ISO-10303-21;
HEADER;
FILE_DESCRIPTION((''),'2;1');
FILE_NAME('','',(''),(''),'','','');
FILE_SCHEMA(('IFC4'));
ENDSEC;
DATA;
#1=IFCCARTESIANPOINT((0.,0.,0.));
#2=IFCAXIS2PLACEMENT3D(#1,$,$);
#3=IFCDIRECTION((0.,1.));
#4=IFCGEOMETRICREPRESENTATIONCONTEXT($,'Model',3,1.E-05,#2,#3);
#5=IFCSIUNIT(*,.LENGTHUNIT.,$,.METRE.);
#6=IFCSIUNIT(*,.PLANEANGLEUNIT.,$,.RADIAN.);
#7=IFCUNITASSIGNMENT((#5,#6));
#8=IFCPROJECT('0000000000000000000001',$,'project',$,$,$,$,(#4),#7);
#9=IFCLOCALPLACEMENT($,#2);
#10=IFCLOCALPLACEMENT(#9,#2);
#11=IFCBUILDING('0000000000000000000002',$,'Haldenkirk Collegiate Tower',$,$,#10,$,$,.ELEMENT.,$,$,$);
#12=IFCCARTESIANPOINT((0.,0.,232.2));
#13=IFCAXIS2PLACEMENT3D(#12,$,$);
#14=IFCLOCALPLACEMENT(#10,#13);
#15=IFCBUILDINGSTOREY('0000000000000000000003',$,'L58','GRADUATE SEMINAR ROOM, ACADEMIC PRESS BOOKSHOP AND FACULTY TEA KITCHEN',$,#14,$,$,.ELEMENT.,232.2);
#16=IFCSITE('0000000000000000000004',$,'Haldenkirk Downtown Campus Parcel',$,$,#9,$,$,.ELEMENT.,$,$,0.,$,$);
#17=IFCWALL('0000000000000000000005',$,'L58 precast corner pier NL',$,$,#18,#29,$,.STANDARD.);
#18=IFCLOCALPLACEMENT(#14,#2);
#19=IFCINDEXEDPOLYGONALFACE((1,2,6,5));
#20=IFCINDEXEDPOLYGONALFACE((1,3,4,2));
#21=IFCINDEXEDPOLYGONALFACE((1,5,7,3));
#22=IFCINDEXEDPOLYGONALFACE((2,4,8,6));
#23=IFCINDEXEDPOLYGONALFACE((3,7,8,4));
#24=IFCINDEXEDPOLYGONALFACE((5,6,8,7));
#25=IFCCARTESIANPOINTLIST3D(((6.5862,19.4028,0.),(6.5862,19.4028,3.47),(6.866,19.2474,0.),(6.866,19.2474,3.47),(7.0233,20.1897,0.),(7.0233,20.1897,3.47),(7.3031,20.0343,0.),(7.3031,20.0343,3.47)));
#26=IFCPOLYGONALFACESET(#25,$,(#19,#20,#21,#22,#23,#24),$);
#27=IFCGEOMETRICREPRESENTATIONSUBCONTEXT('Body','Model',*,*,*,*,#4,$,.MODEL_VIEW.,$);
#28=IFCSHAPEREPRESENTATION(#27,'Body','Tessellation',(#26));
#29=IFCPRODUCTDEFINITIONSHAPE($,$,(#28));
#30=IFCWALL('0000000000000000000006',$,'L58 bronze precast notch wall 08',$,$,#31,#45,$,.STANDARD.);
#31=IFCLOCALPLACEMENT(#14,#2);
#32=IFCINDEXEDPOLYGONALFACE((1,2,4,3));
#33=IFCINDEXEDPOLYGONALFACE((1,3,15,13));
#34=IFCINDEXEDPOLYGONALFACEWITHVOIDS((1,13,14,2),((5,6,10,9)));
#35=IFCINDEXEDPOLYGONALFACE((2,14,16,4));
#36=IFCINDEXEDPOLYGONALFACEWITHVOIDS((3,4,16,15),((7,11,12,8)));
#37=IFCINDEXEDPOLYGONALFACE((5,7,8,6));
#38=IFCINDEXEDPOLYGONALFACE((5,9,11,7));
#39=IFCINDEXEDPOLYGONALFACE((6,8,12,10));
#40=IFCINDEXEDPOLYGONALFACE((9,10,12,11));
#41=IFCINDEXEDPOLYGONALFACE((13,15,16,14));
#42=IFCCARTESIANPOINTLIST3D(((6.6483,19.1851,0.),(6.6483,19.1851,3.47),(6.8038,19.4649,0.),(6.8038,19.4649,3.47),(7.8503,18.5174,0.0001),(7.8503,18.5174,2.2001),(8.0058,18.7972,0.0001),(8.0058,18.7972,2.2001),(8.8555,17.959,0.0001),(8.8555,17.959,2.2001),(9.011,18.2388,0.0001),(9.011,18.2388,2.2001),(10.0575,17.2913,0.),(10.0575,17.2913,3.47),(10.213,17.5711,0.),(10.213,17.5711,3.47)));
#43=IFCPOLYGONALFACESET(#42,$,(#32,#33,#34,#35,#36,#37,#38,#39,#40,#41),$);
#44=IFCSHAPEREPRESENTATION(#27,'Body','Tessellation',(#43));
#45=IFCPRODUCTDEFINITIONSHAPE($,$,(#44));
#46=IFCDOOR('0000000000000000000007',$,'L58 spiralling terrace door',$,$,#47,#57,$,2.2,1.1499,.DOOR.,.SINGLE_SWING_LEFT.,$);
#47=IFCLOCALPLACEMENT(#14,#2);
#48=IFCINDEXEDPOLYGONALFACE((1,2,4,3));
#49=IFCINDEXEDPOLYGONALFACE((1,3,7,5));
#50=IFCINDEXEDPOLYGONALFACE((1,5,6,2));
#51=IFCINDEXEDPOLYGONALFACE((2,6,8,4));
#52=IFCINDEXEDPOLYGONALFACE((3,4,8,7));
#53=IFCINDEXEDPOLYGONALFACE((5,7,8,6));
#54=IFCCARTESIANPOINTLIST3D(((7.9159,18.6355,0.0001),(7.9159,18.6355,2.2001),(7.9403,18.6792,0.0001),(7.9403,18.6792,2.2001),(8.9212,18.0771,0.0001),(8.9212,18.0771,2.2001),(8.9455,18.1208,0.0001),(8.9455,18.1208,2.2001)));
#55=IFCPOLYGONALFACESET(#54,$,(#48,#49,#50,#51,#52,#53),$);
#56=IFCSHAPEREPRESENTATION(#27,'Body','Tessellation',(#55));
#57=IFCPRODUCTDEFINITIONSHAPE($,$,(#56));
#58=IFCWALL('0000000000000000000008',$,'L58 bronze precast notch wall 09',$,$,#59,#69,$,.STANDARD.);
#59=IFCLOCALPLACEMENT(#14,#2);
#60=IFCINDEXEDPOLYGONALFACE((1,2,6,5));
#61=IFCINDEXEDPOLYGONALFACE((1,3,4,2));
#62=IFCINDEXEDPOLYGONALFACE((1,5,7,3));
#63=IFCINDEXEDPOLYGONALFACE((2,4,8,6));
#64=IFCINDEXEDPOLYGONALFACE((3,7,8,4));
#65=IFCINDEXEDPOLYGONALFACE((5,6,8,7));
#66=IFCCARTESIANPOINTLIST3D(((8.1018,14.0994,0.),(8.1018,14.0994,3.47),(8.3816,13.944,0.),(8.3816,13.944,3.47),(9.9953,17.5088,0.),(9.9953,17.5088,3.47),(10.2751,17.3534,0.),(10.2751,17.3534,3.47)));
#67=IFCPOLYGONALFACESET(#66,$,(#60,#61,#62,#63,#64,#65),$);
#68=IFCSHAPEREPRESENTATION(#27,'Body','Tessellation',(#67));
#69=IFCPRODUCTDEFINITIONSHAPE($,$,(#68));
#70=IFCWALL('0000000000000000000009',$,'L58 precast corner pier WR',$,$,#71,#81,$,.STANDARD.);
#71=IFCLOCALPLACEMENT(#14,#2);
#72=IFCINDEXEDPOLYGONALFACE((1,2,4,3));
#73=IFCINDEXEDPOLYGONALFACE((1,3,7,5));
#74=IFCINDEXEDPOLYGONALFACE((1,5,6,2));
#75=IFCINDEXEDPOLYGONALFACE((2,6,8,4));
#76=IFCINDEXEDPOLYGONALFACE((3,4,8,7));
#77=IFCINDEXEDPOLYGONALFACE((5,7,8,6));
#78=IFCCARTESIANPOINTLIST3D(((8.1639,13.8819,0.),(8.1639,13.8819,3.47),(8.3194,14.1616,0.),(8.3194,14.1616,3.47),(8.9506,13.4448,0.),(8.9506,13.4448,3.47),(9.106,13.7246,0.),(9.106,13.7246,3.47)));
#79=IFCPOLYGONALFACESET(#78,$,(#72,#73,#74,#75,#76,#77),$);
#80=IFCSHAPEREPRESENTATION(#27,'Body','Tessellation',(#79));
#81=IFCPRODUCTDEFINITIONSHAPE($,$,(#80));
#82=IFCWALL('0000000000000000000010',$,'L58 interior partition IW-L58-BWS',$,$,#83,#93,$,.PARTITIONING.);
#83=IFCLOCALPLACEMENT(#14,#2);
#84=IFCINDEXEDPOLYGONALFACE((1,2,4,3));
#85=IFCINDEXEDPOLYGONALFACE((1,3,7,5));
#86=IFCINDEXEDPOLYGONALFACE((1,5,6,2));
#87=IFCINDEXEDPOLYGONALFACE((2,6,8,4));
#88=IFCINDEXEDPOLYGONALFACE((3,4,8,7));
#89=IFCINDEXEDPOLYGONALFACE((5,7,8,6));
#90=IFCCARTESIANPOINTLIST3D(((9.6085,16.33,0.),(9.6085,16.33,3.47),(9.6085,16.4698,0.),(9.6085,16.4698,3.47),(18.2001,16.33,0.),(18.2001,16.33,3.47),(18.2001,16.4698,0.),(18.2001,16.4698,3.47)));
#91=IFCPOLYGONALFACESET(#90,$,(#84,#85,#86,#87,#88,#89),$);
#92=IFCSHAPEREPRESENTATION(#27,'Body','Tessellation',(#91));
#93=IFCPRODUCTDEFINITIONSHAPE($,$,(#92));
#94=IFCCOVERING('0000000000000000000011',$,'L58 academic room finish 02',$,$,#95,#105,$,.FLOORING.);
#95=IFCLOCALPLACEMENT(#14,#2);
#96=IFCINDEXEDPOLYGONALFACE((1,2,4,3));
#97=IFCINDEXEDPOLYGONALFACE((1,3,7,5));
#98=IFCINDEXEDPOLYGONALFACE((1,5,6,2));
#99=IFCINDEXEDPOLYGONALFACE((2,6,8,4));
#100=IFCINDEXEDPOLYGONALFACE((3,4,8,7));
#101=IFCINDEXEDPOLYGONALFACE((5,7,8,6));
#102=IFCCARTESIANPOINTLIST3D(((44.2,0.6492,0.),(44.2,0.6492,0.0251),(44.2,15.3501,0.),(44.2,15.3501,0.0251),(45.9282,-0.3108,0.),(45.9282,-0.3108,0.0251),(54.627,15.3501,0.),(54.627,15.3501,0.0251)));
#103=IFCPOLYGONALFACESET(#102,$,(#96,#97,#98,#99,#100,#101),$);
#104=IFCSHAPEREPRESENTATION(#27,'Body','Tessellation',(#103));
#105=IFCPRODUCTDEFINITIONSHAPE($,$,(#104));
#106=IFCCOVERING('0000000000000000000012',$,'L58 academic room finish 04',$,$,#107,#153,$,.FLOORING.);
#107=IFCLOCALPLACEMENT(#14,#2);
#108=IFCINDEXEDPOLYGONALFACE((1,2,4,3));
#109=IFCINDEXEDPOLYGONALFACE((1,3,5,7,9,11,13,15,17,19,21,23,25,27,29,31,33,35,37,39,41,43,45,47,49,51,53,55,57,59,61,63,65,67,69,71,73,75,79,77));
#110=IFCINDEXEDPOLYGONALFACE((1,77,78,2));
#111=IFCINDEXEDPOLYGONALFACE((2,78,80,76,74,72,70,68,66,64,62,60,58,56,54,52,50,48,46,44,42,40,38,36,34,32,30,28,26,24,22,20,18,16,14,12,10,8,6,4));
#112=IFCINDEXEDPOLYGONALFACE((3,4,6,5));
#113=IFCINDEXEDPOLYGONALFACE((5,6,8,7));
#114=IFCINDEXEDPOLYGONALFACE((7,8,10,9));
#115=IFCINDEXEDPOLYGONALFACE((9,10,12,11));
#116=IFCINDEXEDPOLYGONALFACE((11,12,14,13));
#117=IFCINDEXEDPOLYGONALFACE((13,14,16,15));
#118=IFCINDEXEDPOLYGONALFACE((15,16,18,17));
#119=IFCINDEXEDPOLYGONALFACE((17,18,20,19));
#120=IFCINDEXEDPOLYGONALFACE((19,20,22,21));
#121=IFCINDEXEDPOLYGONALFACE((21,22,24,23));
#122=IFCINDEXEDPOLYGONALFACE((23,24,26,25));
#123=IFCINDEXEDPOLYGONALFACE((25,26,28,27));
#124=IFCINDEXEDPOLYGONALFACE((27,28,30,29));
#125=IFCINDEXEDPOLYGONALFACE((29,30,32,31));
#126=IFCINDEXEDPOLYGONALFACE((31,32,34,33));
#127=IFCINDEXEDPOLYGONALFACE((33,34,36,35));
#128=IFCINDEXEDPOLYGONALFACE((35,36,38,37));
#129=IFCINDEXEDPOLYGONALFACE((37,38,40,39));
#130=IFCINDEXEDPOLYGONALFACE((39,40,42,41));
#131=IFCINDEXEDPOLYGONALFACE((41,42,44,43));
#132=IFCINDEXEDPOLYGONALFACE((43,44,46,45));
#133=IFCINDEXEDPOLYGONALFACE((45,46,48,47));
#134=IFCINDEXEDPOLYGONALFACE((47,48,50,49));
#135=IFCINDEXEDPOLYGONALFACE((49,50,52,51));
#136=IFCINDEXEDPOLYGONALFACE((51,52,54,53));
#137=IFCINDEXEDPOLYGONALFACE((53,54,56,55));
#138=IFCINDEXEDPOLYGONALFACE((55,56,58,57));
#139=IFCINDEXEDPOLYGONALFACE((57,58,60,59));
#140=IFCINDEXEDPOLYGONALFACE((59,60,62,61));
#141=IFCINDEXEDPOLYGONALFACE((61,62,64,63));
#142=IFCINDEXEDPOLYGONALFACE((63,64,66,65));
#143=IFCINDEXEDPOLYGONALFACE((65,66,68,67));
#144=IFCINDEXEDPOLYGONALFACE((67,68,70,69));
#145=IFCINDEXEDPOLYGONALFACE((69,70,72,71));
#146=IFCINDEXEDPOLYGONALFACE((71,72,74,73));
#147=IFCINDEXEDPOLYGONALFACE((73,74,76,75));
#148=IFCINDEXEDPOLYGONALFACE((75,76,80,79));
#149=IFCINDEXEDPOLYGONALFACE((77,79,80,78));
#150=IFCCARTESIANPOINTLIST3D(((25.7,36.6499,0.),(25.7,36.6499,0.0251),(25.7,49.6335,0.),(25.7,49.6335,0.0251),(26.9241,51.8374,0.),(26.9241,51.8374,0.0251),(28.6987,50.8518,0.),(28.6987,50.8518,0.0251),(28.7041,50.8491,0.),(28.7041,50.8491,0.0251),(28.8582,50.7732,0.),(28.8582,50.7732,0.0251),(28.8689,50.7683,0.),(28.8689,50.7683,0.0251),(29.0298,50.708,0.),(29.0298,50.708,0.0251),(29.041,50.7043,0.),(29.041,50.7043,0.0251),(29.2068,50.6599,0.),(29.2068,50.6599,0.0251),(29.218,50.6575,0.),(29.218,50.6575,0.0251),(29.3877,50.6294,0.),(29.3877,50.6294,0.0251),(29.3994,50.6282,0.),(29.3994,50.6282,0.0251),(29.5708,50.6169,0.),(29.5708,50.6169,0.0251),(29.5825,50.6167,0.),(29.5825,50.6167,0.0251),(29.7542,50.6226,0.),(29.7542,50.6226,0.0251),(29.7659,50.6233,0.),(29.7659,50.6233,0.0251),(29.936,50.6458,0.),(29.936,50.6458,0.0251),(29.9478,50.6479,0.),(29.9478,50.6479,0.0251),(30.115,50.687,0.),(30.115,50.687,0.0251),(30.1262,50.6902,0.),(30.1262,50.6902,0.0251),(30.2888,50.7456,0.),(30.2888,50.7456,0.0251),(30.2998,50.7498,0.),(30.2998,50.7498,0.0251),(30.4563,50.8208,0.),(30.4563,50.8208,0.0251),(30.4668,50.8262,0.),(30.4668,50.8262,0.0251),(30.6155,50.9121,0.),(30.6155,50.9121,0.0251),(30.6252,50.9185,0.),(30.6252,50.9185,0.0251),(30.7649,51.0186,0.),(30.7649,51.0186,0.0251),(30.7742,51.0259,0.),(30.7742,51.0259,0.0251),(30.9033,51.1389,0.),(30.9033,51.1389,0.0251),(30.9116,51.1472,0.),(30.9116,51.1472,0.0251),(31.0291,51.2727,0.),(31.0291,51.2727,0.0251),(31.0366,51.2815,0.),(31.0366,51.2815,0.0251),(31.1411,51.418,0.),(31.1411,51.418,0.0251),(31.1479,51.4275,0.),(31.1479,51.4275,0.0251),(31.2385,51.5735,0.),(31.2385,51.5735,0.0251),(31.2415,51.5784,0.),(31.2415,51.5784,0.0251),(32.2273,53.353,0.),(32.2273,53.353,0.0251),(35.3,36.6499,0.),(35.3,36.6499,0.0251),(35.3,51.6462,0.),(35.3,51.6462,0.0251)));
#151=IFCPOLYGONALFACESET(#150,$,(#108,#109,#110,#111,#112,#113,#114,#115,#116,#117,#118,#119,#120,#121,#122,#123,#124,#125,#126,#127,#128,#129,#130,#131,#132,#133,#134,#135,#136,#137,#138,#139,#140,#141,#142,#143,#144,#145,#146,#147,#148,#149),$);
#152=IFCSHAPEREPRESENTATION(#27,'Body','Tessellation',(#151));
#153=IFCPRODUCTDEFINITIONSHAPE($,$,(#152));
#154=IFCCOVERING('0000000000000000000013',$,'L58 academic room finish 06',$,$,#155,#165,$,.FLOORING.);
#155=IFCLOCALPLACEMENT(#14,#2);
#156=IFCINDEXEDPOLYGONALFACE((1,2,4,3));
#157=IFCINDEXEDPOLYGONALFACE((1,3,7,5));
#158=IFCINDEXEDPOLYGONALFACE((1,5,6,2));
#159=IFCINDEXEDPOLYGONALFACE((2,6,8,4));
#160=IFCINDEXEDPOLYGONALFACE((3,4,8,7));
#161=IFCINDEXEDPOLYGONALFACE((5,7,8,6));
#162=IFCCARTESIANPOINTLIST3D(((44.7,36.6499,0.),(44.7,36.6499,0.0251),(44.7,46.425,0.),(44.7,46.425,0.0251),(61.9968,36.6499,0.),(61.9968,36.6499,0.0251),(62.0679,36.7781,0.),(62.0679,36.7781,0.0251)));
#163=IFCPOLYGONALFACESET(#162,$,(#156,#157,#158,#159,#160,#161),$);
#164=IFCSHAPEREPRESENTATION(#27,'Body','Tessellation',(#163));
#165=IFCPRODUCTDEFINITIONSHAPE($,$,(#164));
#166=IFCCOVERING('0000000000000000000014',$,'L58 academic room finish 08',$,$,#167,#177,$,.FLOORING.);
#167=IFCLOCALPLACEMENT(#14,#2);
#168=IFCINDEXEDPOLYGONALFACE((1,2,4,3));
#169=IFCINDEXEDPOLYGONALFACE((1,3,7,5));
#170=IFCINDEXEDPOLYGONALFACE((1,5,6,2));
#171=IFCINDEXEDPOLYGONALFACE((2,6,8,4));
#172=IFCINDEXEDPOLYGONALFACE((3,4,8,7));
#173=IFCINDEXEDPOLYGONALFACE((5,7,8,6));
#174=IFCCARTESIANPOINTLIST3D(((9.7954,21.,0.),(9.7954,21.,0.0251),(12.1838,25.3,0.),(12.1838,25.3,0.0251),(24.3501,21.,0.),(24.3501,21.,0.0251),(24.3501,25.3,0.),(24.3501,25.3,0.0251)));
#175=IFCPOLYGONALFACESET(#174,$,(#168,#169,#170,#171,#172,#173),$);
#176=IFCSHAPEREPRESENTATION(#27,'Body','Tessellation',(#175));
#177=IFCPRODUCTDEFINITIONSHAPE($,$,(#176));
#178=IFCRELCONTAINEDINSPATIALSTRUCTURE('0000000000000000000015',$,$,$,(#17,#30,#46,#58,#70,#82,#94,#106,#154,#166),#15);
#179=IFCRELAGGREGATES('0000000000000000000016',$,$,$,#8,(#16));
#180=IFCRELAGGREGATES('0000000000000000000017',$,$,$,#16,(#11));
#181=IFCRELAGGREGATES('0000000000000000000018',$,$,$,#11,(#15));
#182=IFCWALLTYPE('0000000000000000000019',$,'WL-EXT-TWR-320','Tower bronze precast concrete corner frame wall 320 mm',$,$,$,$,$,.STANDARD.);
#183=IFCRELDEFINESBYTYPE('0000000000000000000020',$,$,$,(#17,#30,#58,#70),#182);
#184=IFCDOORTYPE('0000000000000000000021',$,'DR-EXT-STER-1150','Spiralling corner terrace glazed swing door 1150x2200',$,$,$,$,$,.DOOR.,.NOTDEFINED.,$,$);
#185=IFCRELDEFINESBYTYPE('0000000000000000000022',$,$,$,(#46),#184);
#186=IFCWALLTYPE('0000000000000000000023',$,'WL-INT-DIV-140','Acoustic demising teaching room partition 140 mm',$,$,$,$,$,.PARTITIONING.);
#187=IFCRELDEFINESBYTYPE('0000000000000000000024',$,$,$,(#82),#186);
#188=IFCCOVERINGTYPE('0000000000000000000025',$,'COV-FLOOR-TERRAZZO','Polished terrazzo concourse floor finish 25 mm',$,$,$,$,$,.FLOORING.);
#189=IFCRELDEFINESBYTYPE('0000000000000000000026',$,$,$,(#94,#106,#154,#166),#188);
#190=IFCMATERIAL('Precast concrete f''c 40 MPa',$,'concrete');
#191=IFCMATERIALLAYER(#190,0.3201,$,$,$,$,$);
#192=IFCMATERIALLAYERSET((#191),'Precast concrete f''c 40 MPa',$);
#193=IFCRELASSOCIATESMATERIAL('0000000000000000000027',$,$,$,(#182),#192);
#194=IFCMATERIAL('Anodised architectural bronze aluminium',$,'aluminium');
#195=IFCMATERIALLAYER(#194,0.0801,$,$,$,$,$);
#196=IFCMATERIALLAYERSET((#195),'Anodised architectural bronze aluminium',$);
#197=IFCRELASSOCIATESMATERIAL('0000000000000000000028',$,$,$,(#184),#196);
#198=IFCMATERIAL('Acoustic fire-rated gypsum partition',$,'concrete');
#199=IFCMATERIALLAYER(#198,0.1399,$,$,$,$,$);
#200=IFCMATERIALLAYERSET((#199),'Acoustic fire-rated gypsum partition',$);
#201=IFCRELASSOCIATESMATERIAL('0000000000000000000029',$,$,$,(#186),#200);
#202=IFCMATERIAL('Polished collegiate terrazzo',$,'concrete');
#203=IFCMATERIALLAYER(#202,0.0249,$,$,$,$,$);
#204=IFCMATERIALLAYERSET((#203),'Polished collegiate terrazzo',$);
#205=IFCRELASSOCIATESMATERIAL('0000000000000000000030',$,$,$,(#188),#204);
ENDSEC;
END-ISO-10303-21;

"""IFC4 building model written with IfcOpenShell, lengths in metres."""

from ifc_helpers import new_model, si_unit, direction, frame, frame_2d, origin, place, context, subcontext, project, spatial, polyline, rectangle, outline, extrude, material, layer, layer_set, type_object, element, fill, save


model = new_model("IFC4")

# Units and contexts
model_context = context("Model", 3, precision=1e-05, world=origin(), true_north=direction((0.0, 1.0)))
body_context = subcontext(model_context, "Body", "Model", "MODEL_VIEW")
ifc_project = project(units=[si_unit("LENGTHUNIT", "METRE"), si_unit("PLANEANGLEUNIT", "RADIAN")], contexts=[model_context])

# Site, building, storey
site_placement = place(None, origin())
site = spatial("IfcSite", under=ifc_project, at=site_placement, Name="Haldenkirk Downtown Campus Parcel", CompositionType="ELEMENT", RefElevation=0.0)
building_placement = place(site_placement, origin())
building = spatial("IfcBuilding", under=site, at=building_placement, Name="Haldenkirk Collegiate Tower", CompositionType="ELEMENT")
storey_placement = place(building_placement, frame((0.0, 0.0, 232.2)))
storey = spatial("IfcBuildingStorey", under=building, at=storey_placement, Name="L58", Description="GRADUATE SEMINAR ROOM, ACADEMIC PRESS BOOKSHOP AND FACULTY TEA KITCHEN", CompositionType="ELEMENT", Elevation=232.2)

# Shared definitions
ifc_material_1 = material(Name="Anodised architectural bronze aluminium", Category="aluminium")

# Wall
ifc_material_2 = material(Name="Precast concrete f'c 40 MPa", Category="concrete")
ifc_layer_1 = layer(ifc_material_2, 0.3201)
ifc_layer_set_1 = layer_set([ifc_layer_1], Name="Precast concrete f'c 40 MPa")
wall_type_1 = type_object("IfcWallType", Name="WL-EXT-TWR-320", Description="Tower bronze precast concrete corner frame wall 320 mm", PredefinedType="STANDARD", material=ifc_layer_set_1)
wall_1_placement = place(storey_placement, frame((6.7261, 19.325, 0.0), z_axis=(0.0, 0.0, 1.0), x_axis=(0.485528, 0.874221, 0.0)))
element("IfcWall", 1, at=wall_1_placement, inside=storey, type_object=wall_type_1, Name="L58 precast corner pier NL", PredefinedType="STANDARD", context=body_context, shape_type="SweptSolid", body=[
    extrude(rectangle(XDim=0.9001, YDim=0.3201, at=frame_2d((0.4502, 0.0))), origin(), (0.0, 0.0, 1.0), 3.47),
])

# Wall, opening, door
wall_2_placement = place(storey_placement, frame((10.1353, 17.4312, 0.0), z_axis=(0.0, 0.0, 1.0), x_axis=(-0.874178, 0.485606, 0.0)))
wall_2 = element("IfcWall", 2, at=wall_2_placement, inside=storey, type_object=wall_type_1, Name="L58 bronze precast notch wall 08", PredefinedType="STANDARD", context=body_context, shape_type="SweptSolid", body=[
    extrude(rectangle(XDim=3.8999, YDim=0.3201, at=frame_2d((1.95, 0.0))), origin(), (0.0, 0.0, 1.0), 3.47),
])
opening_placement = place(wall_2_placement, frame((1.375, 0.0, 0.0)))
opening = element("IfcOpeningElement", 3, at=opening_placement, cuts=wall_2, PredefinedType="OPENING", context=body_context, shape_type="SweptSolid", body=[
    extrude(rectangle(XDim=1.1499, YDim=2.2, at=frame_2d((0.575, 1.1001))), frame((0.0, 0.1699, 0.0), z_axis=(0.0, -1.0, 0.0), x_axis=(1.0, 0.0, 0.0)), (0.0, 0.0, 1.0), 0.3401),
])
ifc_layer_2 = layer(ifc_material_1, 0.0801)
ifc_layer_set_2 = layer_set([ifc_layer_2], Name="Anodised architectural bronze aluminium")
door_type = type_object("IfcDoorType", Name="DR-EXT-STER-1150", Description="Spiralling corner terrace glazed swing door 1150x2200", OperationType="NOTDEFINED", PredefinedType="DOOR", material=ifc_layer_set_2)
door_placement = place(opening_placement, origin())
door = element("IfcDoor", 4, at=door_placement, inside=storey, type_object=door_type, Name="L58 spiralling terrace door", OperationType="SINGLE_SWING_LEFT", OverallHeight=2.2, OverallWidth=1.1499, PredefinedType="DOOR", context=body_context, shape_type="SweptSolid", body=[
    extrude(rectangle(XDim=1.1499, YDim=2.2, at=frame_2d((0.575, 1.1001))), frame((0.0, 0.0249, 0.0), z_axis=(0.0, -1.0, 0.0), x_axis=(1.0, 0.0, 0.0)), (0.0, 0.0, 1.0), 0.05),
])
fill(opening, door)

# Walls
wall_3_placement = place(storey_placement, frame((8.2417, 14.0217, 0.0), z_axis=(0.0, 0.0, 1.0), x_axis=(0.485531, 0.874219, 0.0)))
element("IfcWall", 5, at=wall_3_placement, inside=storey, type_object=wall_type_1, Name="L58 bronze precast notch wall 09", PredefinedType="STANDARD", context=body_context, shape_type="SweptSolid", body=[
    extrude(rectangle(XDim=3.8999, YDim=0.3201, at=frame_2d((1.95, 0.0))), origin(), (0.0, 0.0, 1.0), 3.47),
])
wall_4_placement = place(storey_placement, frame((9.0283, 13.5847, 0.0), z_axis=(0.0, 0.0, 1.0), x_axis=(-0.874157, 0.485643, 0.0)))
element("IfcWall", 6, at=wall_4_placement, inside=storey, type_object=wall_type_1, Name="L58 precast corner pier WR", PredefinedType="STANDARD", context=body_context, shape_type="SweptSolid", body=[
    extrude(rectangle(XDim=0.8999, YDim=0.3201, at=frame_2d((0.45, 0.0))), origin(), (0.0, 0.0, 1.0), 3.47),
])
ifc_material_3 = material(Name="Acoustic fire-rated gypsum partition", Category="concrete")
ifc_layer_3 = layer(ifc_material_3, 0.1399)
ifc_layer_set_3 = layer_set([ifc_layer_3], Name="Acoustic fire-rated gypsum partition")
wall_type_2 = type_object("IfcWallType", Name="WL-INT-DIV-140", Description="Acoustic demising teaching room partition 140 mm", PredefinedType="PARTITIONING", material=ifc_layer_set_3)
wall_5_placement = place(storey_placement, frame((9.6084, 16.3999, 0.0), z_axis=(0.0, 0.0, 1.0), x_axis=(1.0, 0.0, 0.0)))
element("IfcWall", 7, at=wall_5_placement, inside=storey, type_object=wall_type_2, Name="L58 interior partition IW-L58-BWS", PredefinedType="PARTITIONING", context=body_context, shape_type="SweptSolid", body=[
    extrude(rectangle(XDim=8.5916, YDim=0.1399, at=frame_2d((4.2959, 0.0))), origin(), (0.0, 0.0, 1.0), 3.47),
])

# Coverings
ifc_material_4 = material(Name="Polished collegiate terrazzo", Category="concrete")
ifc_layer_4 = layer(ifc_material_4, 0.0249)
ifc_layer_set_4 = layer_set([ifc_layer_4], Name="Polished collegiate terrazzo")
covering_type_1 = type_object("IfcCoveringType", Name="COV-FLOOR-TERRAZZO", Description="Polished terrazzo concourse floor finish 25 mm", PredefinedType="FLOORING", material=ifc_layer_set_4)
covering_1_placement = place(storey_placement, origin())
element("IfcCovering", 8, at=covering_1_placement, inside=storey, type_object=covering_type_1, Name="L58 academic room finish 02", PredefinedType="FLOORING", context=body_context, shape_type="SweptSolid", body=[
    extrude(outline(polyline([(44.2, 0.6492), (44.2, 15.3501), (54.627, 15.3501), (45.9282, -0.3108), (44.2, 0.6492)])), origin(), (0.0, 0.0, 1.0), 0.0251),
])
covering_2_placement = place(storey_placement, origin())
element("IfcCovering", 9, at=covering_2_placement, inside=storey, type_object=covering_type_1, Name="L58 academic room finish 04", PredefinedType="FLOORING", context=body_context, shape_type="SweptSolid", body=[
    extrude(outline(polyline([(26.9241, 51.8374), (28.6987, 50.8518), (28.7041, 50.8491), (28.8582, 50.7732), (28.8689, 50.7683), (29.0298, 50.708), (29.041, 50.7043), (29.2068, 50.6599), (29.218, 50.6575), (29.3877, 50.6294), (29.3994, 50.6282), (29.5708, 50.6169), (29.5825, 50.6167), (29.7542, 50.6226), (29.7659, 50.6233), (29.936, 50.6458), (29.9478, 50.6479), (30.115, 50.687), (30.1262, 50.6902), (30.2888, 50.7456), (30.2998, 50.7498), (30.4563, 50.8208), (30.4668, 50.8262), (30.6155, 50.9121), (30.6252, 50.9185), (30.7649, 51.0186), (30.7742, 51.0259), (30.9033, 51.1389), (30.9116, 51.1472), (31.0291, 51.2727), (31.0366, 51.2815), (31.1411, 51.418), (31.1479, 51.4275), (31.2385, 51.5735), (31.2415, 51.5784), (32.2273, 53.353), (35.3, 51.6462), (35.3, 36.6499), (25.7, 36.6499), (25.7, 49.6335), (26.9241, 51.8374)])), origin(), (0.0, 0.0, 1.0), 0.0251),
])
covering_3_placement = place(storey_placement, origin())
element("IfcCovering", 10, at=covering_3_placement, inside=storey, type_object=covering_type_1, Name="L58 academic room finish 06", PredefinedType="FLOORING", context=body_context, shape_type="SweptSolid", body=[
    extrude(outline(polyline([(62.0679, 36.7781), (61.9968, 36.6499), (44.7, 36.6499), (44.7, 46.425), (62.0679, 36.7781)])), origin(), (0.0, 0.0, 1.0), 0.0251),
])
covering_4_placement = place(storey_placement, origin())
element("IfcCovering", 11, at=covering_4_placement, inside=storey, type_object=covering_type_1, Name="L58 academic room finish 08", PredefinedType="FLOORING", context=body_context, shape_type="SweptSolid", body=[
    extrude(outline(polyline([(12.1838, 25.3), (24.3501, 25.3), (24.3501, 21.0), (9.7954, 21.0), (12.1838, 25.3)])), origin(), (0.0, 0.0, 1.0), 0.0251),
])

save(model, "model.ifc")
